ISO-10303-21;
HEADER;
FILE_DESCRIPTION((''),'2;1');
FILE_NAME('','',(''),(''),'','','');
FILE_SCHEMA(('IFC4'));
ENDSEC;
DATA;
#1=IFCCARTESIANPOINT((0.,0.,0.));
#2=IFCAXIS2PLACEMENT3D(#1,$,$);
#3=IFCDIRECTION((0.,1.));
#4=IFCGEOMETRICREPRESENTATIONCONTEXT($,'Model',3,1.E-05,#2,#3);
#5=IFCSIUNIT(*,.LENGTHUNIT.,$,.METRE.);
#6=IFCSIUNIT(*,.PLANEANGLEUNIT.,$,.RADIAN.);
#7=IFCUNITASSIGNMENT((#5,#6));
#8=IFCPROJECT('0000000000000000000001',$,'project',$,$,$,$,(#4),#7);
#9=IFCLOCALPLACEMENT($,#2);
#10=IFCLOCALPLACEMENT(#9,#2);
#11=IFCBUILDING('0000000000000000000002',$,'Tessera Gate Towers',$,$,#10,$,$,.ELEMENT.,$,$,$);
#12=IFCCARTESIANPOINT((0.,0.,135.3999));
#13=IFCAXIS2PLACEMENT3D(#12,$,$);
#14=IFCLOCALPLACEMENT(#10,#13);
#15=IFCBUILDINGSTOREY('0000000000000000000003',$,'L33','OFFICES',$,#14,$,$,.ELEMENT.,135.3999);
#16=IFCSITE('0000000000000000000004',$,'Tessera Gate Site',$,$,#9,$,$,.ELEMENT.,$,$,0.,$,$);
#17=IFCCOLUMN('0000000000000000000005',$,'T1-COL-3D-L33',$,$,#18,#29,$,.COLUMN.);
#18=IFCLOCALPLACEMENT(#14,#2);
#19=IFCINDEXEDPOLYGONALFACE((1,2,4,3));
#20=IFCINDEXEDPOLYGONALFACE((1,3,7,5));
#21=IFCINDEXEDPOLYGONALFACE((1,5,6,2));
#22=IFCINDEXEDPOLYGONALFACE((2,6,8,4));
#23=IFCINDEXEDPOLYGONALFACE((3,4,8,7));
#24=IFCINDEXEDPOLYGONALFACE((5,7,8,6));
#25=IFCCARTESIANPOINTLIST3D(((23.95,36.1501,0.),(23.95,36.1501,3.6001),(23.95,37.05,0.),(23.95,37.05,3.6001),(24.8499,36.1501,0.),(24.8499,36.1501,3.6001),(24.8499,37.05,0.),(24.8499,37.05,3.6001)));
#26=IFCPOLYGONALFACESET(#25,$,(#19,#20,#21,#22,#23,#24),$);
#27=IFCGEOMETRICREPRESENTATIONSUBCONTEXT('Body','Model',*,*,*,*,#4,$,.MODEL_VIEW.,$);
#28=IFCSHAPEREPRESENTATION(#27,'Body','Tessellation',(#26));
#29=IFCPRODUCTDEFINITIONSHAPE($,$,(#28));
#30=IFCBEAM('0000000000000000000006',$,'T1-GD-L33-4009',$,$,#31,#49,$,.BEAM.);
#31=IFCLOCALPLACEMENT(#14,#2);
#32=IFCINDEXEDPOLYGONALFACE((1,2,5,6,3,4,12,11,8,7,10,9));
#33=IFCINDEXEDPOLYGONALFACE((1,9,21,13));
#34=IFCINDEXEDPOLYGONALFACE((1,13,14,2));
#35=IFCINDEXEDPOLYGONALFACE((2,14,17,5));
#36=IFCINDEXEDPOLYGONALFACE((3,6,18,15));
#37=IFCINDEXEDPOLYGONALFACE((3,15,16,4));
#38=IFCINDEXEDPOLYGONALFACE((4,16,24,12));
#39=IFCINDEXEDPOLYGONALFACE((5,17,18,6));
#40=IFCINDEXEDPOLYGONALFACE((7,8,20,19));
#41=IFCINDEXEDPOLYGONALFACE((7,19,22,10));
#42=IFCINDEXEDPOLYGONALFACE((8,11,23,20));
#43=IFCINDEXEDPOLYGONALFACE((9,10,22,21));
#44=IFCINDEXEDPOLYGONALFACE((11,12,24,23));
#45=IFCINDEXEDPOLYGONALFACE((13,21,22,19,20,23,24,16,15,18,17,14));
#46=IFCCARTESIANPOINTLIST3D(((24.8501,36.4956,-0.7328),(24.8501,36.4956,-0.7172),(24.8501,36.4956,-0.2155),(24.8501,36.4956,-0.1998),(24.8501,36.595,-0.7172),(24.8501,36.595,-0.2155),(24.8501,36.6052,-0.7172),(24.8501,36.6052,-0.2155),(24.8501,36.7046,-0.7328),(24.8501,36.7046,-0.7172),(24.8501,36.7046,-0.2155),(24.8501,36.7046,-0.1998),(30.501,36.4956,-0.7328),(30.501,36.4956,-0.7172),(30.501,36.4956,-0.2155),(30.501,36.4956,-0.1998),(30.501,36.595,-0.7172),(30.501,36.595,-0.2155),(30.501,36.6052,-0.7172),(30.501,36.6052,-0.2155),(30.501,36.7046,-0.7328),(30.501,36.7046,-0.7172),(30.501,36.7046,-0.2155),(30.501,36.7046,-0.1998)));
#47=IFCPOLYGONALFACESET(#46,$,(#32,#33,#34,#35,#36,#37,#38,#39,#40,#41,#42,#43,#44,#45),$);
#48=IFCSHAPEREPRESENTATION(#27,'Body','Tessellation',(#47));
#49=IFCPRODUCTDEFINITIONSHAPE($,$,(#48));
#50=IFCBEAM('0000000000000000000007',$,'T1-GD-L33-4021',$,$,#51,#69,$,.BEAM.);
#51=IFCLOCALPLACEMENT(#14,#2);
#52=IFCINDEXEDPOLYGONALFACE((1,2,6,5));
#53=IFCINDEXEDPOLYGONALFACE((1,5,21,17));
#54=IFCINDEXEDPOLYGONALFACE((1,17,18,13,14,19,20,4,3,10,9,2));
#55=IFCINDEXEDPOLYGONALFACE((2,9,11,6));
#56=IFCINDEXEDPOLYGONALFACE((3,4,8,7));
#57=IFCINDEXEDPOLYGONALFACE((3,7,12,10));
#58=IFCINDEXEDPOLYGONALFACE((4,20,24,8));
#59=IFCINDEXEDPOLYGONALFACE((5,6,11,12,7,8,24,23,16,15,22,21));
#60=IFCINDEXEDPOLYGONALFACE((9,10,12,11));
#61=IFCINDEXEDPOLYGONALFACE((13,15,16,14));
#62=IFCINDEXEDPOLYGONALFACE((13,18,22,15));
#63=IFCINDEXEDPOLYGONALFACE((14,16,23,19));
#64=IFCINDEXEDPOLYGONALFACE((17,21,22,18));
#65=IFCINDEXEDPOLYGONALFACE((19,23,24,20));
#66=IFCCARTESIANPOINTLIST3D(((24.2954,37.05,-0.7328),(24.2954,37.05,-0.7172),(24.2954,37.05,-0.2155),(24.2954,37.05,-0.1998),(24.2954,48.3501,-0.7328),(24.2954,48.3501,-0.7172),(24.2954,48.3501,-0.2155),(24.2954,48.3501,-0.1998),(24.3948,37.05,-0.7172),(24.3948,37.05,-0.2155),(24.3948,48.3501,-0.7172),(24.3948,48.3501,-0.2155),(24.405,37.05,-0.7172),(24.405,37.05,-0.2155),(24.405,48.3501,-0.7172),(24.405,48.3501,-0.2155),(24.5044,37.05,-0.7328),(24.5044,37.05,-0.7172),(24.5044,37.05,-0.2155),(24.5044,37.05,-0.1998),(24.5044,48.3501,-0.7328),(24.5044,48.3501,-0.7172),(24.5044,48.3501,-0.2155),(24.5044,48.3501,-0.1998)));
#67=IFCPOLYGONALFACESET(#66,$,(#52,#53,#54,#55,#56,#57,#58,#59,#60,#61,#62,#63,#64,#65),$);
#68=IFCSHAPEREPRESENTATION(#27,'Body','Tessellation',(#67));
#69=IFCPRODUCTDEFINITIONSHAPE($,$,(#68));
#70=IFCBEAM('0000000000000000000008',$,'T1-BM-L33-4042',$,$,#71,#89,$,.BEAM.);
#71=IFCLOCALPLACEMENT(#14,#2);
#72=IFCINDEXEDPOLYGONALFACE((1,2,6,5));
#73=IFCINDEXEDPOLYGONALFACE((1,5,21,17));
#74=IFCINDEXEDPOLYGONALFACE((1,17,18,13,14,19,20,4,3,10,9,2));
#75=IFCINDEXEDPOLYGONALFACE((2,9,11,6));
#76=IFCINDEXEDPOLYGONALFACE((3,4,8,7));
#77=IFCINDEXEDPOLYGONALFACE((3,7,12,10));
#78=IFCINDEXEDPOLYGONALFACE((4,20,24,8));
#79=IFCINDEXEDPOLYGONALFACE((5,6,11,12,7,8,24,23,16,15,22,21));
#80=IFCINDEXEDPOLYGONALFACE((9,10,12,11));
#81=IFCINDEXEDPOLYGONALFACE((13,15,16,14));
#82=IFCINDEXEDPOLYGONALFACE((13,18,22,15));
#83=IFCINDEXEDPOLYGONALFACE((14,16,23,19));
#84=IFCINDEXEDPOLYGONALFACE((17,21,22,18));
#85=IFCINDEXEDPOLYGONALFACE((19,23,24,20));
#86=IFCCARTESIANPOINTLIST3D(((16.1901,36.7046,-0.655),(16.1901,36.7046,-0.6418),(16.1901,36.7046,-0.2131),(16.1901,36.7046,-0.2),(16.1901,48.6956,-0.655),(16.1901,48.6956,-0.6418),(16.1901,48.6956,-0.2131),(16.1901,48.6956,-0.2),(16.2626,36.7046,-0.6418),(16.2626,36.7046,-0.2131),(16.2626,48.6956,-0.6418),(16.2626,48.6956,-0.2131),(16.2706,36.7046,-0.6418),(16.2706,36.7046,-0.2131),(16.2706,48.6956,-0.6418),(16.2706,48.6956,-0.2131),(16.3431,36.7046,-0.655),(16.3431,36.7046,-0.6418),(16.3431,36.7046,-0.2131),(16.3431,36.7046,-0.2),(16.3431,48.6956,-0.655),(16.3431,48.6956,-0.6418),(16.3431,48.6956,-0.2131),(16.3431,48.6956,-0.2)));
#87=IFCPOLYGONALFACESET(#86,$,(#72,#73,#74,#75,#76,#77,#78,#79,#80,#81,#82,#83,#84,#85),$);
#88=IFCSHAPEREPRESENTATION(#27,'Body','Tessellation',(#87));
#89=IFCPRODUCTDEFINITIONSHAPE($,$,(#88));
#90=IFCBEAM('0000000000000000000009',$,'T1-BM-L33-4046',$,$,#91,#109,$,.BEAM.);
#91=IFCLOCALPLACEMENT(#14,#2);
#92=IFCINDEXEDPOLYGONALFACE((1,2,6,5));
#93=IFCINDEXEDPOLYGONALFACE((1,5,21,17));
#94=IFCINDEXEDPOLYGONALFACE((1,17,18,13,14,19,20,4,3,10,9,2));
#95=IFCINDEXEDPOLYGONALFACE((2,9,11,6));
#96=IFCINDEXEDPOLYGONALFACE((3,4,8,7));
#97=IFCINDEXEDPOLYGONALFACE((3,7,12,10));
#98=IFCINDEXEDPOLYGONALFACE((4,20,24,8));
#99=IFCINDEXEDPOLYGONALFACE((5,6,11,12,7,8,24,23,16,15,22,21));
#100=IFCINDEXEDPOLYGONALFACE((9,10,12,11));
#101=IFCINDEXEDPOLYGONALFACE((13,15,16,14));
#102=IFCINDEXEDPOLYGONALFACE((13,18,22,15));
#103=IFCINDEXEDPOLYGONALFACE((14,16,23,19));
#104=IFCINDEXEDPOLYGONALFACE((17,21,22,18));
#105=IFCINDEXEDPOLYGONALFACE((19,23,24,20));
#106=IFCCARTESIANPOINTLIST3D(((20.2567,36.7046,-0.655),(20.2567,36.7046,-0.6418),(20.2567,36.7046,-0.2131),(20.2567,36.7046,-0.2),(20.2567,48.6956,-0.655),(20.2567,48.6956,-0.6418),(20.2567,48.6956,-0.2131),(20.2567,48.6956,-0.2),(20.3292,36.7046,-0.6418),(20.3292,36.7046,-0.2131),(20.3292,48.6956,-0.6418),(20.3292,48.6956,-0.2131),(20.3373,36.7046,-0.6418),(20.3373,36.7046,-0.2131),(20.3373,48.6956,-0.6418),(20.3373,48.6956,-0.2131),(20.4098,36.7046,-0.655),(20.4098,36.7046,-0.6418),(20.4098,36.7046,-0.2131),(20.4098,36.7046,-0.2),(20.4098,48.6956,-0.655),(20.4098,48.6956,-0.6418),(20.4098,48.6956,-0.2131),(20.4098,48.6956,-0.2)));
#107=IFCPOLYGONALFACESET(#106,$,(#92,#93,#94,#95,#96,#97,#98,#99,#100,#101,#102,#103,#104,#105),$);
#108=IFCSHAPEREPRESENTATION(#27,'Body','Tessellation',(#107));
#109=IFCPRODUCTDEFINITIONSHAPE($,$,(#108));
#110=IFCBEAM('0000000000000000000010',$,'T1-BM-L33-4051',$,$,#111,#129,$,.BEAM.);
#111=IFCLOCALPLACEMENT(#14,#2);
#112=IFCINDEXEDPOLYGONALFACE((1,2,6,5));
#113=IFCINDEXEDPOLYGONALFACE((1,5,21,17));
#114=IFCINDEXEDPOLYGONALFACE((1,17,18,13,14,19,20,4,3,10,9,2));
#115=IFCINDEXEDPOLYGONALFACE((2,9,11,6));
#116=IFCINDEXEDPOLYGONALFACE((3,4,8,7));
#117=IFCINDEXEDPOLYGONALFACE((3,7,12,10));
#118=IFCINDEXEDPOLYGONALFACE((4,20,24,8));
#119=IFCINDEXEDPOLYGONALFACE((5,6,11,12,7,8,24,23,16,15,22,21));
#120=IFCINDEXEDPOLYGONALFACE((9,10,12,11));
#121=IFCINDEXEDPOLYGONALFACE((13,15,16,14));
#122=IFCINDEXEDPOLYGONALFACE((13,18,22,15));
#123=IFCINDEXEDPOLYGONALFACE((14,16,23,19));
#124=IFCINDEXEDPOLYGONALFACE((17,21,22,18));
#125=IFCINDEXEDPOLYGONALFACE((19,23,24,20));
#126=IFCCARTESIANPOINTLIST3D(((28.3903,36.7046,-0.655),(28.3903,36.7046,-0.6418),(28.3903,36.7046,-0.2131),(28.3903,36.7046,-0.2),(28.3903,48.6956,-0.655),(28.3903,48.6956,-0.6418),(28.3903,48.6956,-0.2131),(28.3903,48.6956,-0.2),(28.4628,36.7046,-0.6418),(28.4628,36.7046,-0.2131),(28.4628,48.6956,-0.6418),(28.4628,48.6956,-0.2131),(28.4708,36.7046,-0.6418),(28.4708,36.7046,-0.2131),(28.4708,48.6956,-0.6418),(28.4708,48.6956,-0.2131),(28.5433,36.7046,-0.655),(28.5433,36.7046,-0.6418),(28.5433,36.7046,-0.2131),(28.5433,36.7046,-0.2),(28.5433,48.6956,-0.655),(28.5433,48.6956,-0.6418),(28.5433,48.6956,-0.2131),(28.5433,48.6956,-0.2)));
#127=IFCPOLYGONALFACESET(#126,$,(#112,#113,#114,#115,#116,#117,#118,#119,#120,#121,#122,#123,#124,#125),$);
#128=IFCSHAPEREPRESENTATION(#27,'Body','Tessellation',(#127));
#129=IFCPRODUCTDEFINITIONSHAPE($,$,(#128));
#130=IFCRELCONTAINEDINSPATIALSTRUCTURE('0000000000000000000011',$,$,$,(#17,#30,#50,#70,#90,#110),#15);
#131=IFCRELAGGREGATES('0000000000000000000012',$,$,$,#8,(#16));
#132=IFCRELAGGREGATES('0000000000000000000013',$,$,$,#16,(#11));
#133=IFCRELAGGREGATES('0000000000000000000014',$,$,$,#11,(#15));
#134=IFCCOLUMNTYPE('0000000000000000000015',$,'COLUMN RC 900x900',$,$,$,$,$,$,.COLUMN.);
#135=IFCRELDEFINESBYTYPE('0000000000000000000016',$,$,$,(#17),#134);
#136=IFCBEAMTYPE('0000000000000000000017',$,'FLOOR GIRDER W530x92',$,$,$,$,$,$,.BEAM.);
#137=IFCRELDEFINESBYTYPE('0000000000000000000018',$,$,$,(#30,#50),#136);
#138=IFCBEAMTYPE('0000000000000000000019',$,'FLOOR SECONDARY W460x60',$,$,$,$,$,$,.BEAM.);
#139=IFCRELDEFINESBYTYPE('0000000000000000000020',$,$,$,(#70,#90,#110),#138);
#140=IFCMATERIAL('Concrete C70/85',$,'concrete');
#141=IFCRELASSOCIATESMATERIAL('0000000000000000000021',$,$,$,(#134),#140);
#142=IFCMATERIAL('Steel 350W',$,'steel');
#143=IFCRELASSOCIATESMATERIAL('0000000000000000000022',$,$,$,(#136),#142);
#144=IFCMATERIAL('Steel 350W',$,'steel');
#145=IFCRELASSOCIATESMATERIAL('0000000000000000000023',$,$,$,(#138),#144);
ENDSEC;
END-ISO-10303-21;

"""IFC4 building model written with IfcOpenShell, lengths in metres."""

from ifc_helpers import new_model, si_unit, direction, frame, origin, origin_2d, place, context, subcontext, project, spatial, rectangle, i_section, extrude, material, material_profile, profile_set, type_object, element, save


model = new_model("IFC4")

# Units and contexts
model_context = context("Model", 3, precision=1e-05, world=origin(), true_north=direction((0.0, 1.0)))
body_context = subcontext(model_context, "Body", "Model", "MODEL_VIEW")
ifc_project = project(units=[si_unit("LENGTHUNIT", "METRE"), si_unit("PLANEANGLEUNIT", "RADIAN")], contexts=[model_context])

# Site, building, storey
site_placement = place(None, origin())
site = spatial("IfcSite", under=ifc_project, at=site_placement, Name="Tessera Gate Site", CompositionType="ELEMENT", RefElevation=0.0)
building_placement = place(site_placement, origin())
building = spatial("IfcBuilding", under=site, at=building_placement, Name="Tessera Gate Towers", CompositionType="ELEMENT")
storey_placement = place(building_placement, frame((0.0, 0.0, 135.3999)))
storey = spatial("IfcBuildingStorey", under=building, at=storey_placement, Name="L33", Description="OFFICES", CompositionType="ELEMENT", Elevation=135.3999)

# Column
ifc_material_1 = material(Name="Concrete C70/85", Category="concrete")
ifc_material_profile_1 = material_profile(ifc_material_1, rectangle(XDim=0.8999, YDim=0.8999, at=origin_2d()), Name="RC 900x900")
ifc_profile_set_1 = profile_set([ifc_material_profile_1], Name="Concrete C70/85")
column_type = type_object("IfcColumnType", Name="COLUMN RC 900x900", PredefinedType="COLUMN", material=ifc_profile_set_1)
column_placement = place(storey_placement, frame((24.3999, 36.6001, 0.0), z_axis=(0.0, 0.0, 1.0), x_axis=(1.0, 0.0, 0.0)))
element("IfcColumn", 1, at=column_placement, inside=storey, type_object=column_type, Name="T1-COL-3D-L33", PredefinedType="COLUMN", context=body_context, shape_type="SweptSolid", body=[
    extrude(rectangle(XDim=0.8999, YDim=0.8999, at=origin_2d()), origin(), (0.0, 0.0, 1.0), 3.6001),
])

# Beams
ifc_material_2 = material(Name="Steel 350W", Category="steel")
ifc_material_profile_2 = material_profile(ifc_material_2, i_section(OverallWidth=0.209, OverallDepth=0.533, WebThickness=0.0103, FlangeThickness=0.0156, at=origin_2d()), Name="W530x92")
ifc_profile_set_2 = profile_set([ifc_material_profile_2], Name="Steel 350W")
beam_type_1 = type_object("IfcBeamType", Name="FLOOR GIRDER W530x92", PredefinedType="BEAM", material=ifc_profile_set_2)
beam_1_placement = place(storey_placement, frame((24.8501, 36.6001, -0.4663), z_axis=(1.0, 0.0, 0.0), x_axis=(0.0, 1.0, 0.0)))
element("IfcBeam", 2, at=beam_1_placement, inside=storey, type_object=beam_type_1, Name="T1-GD-L33-4009", PredefinedType="BEAM", context=body_context, shape_type="SweptSolid", body=[
    extrude(i_section(OverallWidth=0.209, OverallDepth=0.533, WebThickness=0.0103, FlangeThickness=0.0156, at=origin_2d()), origin(), (0.0, 0.0, 1.0), 5.6509),
])
beam_2_placement = place(storey_placement, frame((24.3999, 37.05, -0.4663), z_axis=(0.0, 1.0, 0.0), x_axis=(-1.0, 0.0, 0.0)))
element("IfcBeam", 3, at=beam_2_placement, inside=storey, type_object=beam_type_1, Name="T1-GD-L33-4021", PredefinedType="BEAM", context=body_context, shape_type="SweptSolid", body=[
    extrude(i_section(OverallWidth=0.209, OverallDepth=0.533, WebThickness=0.0103, FlangeThickness=0.0156, at=origin_2d()), origin(), (0.0, 0.0, 1.0), 11.3),
])
ifc_material_3 = material(Name="Steel 350W", Category="steel")
ifc_material_profile_3 = material_profile(ifc_material_3, i_section(OverallWidth=0.1531, OverallDepth=0.4551, WebThickness=0.0081, FlangeThickness=0.0132, at=origin_2d()), Name="W460x60")
ifc_profile_set_3 = profile_set([ifc_material_profile_3], Name="Steel 350W")
beam_type_2 = type_object("IfcBeamType", Name="FLOOR SECONDARY W460x60", PredefinedType="BEAM", material=ifc_profile_set_3)
for number, where, z_axis, x_axis, name in (
    (4, (16.2666, 36.7046, -0.4275), (0.0, 1.0, 0.0), (-1.0, 0.0, 0.0), "T1-BM-L33-4042"),
    (5, (20.3333, 36.7046, -0.4275), (0.0, 1.0, 0.0), (-1.0, 0.0, 0.0), "T1-BM-L33-4046"),
    (6, (28.4668, 36.7046, -0.4275), (0.0, 1.0, 0.0), (-1.0, 0.0, 0.0), "T1-BM-L33-4051"),
):
    element("IfcBeam", number, at=place(storey_placement, frame(where, z_axis=z_axis, x_axis=x_axis)), inside=storey, type_object=beam_type_2, Name=name, PredefinedType="BEAM", context=body_context, shape_type="SweptSolid", body=[
        extrude(i_section(OverallWidth=0.1531, OverallDepth=0.4551, WebThickness=0.0081, FlangeThickness=0.0132, at=origin_2d()), origin(), (0.0, 0.0, 1.0), 11.991),
    ])

save(model, "model.ifc")
